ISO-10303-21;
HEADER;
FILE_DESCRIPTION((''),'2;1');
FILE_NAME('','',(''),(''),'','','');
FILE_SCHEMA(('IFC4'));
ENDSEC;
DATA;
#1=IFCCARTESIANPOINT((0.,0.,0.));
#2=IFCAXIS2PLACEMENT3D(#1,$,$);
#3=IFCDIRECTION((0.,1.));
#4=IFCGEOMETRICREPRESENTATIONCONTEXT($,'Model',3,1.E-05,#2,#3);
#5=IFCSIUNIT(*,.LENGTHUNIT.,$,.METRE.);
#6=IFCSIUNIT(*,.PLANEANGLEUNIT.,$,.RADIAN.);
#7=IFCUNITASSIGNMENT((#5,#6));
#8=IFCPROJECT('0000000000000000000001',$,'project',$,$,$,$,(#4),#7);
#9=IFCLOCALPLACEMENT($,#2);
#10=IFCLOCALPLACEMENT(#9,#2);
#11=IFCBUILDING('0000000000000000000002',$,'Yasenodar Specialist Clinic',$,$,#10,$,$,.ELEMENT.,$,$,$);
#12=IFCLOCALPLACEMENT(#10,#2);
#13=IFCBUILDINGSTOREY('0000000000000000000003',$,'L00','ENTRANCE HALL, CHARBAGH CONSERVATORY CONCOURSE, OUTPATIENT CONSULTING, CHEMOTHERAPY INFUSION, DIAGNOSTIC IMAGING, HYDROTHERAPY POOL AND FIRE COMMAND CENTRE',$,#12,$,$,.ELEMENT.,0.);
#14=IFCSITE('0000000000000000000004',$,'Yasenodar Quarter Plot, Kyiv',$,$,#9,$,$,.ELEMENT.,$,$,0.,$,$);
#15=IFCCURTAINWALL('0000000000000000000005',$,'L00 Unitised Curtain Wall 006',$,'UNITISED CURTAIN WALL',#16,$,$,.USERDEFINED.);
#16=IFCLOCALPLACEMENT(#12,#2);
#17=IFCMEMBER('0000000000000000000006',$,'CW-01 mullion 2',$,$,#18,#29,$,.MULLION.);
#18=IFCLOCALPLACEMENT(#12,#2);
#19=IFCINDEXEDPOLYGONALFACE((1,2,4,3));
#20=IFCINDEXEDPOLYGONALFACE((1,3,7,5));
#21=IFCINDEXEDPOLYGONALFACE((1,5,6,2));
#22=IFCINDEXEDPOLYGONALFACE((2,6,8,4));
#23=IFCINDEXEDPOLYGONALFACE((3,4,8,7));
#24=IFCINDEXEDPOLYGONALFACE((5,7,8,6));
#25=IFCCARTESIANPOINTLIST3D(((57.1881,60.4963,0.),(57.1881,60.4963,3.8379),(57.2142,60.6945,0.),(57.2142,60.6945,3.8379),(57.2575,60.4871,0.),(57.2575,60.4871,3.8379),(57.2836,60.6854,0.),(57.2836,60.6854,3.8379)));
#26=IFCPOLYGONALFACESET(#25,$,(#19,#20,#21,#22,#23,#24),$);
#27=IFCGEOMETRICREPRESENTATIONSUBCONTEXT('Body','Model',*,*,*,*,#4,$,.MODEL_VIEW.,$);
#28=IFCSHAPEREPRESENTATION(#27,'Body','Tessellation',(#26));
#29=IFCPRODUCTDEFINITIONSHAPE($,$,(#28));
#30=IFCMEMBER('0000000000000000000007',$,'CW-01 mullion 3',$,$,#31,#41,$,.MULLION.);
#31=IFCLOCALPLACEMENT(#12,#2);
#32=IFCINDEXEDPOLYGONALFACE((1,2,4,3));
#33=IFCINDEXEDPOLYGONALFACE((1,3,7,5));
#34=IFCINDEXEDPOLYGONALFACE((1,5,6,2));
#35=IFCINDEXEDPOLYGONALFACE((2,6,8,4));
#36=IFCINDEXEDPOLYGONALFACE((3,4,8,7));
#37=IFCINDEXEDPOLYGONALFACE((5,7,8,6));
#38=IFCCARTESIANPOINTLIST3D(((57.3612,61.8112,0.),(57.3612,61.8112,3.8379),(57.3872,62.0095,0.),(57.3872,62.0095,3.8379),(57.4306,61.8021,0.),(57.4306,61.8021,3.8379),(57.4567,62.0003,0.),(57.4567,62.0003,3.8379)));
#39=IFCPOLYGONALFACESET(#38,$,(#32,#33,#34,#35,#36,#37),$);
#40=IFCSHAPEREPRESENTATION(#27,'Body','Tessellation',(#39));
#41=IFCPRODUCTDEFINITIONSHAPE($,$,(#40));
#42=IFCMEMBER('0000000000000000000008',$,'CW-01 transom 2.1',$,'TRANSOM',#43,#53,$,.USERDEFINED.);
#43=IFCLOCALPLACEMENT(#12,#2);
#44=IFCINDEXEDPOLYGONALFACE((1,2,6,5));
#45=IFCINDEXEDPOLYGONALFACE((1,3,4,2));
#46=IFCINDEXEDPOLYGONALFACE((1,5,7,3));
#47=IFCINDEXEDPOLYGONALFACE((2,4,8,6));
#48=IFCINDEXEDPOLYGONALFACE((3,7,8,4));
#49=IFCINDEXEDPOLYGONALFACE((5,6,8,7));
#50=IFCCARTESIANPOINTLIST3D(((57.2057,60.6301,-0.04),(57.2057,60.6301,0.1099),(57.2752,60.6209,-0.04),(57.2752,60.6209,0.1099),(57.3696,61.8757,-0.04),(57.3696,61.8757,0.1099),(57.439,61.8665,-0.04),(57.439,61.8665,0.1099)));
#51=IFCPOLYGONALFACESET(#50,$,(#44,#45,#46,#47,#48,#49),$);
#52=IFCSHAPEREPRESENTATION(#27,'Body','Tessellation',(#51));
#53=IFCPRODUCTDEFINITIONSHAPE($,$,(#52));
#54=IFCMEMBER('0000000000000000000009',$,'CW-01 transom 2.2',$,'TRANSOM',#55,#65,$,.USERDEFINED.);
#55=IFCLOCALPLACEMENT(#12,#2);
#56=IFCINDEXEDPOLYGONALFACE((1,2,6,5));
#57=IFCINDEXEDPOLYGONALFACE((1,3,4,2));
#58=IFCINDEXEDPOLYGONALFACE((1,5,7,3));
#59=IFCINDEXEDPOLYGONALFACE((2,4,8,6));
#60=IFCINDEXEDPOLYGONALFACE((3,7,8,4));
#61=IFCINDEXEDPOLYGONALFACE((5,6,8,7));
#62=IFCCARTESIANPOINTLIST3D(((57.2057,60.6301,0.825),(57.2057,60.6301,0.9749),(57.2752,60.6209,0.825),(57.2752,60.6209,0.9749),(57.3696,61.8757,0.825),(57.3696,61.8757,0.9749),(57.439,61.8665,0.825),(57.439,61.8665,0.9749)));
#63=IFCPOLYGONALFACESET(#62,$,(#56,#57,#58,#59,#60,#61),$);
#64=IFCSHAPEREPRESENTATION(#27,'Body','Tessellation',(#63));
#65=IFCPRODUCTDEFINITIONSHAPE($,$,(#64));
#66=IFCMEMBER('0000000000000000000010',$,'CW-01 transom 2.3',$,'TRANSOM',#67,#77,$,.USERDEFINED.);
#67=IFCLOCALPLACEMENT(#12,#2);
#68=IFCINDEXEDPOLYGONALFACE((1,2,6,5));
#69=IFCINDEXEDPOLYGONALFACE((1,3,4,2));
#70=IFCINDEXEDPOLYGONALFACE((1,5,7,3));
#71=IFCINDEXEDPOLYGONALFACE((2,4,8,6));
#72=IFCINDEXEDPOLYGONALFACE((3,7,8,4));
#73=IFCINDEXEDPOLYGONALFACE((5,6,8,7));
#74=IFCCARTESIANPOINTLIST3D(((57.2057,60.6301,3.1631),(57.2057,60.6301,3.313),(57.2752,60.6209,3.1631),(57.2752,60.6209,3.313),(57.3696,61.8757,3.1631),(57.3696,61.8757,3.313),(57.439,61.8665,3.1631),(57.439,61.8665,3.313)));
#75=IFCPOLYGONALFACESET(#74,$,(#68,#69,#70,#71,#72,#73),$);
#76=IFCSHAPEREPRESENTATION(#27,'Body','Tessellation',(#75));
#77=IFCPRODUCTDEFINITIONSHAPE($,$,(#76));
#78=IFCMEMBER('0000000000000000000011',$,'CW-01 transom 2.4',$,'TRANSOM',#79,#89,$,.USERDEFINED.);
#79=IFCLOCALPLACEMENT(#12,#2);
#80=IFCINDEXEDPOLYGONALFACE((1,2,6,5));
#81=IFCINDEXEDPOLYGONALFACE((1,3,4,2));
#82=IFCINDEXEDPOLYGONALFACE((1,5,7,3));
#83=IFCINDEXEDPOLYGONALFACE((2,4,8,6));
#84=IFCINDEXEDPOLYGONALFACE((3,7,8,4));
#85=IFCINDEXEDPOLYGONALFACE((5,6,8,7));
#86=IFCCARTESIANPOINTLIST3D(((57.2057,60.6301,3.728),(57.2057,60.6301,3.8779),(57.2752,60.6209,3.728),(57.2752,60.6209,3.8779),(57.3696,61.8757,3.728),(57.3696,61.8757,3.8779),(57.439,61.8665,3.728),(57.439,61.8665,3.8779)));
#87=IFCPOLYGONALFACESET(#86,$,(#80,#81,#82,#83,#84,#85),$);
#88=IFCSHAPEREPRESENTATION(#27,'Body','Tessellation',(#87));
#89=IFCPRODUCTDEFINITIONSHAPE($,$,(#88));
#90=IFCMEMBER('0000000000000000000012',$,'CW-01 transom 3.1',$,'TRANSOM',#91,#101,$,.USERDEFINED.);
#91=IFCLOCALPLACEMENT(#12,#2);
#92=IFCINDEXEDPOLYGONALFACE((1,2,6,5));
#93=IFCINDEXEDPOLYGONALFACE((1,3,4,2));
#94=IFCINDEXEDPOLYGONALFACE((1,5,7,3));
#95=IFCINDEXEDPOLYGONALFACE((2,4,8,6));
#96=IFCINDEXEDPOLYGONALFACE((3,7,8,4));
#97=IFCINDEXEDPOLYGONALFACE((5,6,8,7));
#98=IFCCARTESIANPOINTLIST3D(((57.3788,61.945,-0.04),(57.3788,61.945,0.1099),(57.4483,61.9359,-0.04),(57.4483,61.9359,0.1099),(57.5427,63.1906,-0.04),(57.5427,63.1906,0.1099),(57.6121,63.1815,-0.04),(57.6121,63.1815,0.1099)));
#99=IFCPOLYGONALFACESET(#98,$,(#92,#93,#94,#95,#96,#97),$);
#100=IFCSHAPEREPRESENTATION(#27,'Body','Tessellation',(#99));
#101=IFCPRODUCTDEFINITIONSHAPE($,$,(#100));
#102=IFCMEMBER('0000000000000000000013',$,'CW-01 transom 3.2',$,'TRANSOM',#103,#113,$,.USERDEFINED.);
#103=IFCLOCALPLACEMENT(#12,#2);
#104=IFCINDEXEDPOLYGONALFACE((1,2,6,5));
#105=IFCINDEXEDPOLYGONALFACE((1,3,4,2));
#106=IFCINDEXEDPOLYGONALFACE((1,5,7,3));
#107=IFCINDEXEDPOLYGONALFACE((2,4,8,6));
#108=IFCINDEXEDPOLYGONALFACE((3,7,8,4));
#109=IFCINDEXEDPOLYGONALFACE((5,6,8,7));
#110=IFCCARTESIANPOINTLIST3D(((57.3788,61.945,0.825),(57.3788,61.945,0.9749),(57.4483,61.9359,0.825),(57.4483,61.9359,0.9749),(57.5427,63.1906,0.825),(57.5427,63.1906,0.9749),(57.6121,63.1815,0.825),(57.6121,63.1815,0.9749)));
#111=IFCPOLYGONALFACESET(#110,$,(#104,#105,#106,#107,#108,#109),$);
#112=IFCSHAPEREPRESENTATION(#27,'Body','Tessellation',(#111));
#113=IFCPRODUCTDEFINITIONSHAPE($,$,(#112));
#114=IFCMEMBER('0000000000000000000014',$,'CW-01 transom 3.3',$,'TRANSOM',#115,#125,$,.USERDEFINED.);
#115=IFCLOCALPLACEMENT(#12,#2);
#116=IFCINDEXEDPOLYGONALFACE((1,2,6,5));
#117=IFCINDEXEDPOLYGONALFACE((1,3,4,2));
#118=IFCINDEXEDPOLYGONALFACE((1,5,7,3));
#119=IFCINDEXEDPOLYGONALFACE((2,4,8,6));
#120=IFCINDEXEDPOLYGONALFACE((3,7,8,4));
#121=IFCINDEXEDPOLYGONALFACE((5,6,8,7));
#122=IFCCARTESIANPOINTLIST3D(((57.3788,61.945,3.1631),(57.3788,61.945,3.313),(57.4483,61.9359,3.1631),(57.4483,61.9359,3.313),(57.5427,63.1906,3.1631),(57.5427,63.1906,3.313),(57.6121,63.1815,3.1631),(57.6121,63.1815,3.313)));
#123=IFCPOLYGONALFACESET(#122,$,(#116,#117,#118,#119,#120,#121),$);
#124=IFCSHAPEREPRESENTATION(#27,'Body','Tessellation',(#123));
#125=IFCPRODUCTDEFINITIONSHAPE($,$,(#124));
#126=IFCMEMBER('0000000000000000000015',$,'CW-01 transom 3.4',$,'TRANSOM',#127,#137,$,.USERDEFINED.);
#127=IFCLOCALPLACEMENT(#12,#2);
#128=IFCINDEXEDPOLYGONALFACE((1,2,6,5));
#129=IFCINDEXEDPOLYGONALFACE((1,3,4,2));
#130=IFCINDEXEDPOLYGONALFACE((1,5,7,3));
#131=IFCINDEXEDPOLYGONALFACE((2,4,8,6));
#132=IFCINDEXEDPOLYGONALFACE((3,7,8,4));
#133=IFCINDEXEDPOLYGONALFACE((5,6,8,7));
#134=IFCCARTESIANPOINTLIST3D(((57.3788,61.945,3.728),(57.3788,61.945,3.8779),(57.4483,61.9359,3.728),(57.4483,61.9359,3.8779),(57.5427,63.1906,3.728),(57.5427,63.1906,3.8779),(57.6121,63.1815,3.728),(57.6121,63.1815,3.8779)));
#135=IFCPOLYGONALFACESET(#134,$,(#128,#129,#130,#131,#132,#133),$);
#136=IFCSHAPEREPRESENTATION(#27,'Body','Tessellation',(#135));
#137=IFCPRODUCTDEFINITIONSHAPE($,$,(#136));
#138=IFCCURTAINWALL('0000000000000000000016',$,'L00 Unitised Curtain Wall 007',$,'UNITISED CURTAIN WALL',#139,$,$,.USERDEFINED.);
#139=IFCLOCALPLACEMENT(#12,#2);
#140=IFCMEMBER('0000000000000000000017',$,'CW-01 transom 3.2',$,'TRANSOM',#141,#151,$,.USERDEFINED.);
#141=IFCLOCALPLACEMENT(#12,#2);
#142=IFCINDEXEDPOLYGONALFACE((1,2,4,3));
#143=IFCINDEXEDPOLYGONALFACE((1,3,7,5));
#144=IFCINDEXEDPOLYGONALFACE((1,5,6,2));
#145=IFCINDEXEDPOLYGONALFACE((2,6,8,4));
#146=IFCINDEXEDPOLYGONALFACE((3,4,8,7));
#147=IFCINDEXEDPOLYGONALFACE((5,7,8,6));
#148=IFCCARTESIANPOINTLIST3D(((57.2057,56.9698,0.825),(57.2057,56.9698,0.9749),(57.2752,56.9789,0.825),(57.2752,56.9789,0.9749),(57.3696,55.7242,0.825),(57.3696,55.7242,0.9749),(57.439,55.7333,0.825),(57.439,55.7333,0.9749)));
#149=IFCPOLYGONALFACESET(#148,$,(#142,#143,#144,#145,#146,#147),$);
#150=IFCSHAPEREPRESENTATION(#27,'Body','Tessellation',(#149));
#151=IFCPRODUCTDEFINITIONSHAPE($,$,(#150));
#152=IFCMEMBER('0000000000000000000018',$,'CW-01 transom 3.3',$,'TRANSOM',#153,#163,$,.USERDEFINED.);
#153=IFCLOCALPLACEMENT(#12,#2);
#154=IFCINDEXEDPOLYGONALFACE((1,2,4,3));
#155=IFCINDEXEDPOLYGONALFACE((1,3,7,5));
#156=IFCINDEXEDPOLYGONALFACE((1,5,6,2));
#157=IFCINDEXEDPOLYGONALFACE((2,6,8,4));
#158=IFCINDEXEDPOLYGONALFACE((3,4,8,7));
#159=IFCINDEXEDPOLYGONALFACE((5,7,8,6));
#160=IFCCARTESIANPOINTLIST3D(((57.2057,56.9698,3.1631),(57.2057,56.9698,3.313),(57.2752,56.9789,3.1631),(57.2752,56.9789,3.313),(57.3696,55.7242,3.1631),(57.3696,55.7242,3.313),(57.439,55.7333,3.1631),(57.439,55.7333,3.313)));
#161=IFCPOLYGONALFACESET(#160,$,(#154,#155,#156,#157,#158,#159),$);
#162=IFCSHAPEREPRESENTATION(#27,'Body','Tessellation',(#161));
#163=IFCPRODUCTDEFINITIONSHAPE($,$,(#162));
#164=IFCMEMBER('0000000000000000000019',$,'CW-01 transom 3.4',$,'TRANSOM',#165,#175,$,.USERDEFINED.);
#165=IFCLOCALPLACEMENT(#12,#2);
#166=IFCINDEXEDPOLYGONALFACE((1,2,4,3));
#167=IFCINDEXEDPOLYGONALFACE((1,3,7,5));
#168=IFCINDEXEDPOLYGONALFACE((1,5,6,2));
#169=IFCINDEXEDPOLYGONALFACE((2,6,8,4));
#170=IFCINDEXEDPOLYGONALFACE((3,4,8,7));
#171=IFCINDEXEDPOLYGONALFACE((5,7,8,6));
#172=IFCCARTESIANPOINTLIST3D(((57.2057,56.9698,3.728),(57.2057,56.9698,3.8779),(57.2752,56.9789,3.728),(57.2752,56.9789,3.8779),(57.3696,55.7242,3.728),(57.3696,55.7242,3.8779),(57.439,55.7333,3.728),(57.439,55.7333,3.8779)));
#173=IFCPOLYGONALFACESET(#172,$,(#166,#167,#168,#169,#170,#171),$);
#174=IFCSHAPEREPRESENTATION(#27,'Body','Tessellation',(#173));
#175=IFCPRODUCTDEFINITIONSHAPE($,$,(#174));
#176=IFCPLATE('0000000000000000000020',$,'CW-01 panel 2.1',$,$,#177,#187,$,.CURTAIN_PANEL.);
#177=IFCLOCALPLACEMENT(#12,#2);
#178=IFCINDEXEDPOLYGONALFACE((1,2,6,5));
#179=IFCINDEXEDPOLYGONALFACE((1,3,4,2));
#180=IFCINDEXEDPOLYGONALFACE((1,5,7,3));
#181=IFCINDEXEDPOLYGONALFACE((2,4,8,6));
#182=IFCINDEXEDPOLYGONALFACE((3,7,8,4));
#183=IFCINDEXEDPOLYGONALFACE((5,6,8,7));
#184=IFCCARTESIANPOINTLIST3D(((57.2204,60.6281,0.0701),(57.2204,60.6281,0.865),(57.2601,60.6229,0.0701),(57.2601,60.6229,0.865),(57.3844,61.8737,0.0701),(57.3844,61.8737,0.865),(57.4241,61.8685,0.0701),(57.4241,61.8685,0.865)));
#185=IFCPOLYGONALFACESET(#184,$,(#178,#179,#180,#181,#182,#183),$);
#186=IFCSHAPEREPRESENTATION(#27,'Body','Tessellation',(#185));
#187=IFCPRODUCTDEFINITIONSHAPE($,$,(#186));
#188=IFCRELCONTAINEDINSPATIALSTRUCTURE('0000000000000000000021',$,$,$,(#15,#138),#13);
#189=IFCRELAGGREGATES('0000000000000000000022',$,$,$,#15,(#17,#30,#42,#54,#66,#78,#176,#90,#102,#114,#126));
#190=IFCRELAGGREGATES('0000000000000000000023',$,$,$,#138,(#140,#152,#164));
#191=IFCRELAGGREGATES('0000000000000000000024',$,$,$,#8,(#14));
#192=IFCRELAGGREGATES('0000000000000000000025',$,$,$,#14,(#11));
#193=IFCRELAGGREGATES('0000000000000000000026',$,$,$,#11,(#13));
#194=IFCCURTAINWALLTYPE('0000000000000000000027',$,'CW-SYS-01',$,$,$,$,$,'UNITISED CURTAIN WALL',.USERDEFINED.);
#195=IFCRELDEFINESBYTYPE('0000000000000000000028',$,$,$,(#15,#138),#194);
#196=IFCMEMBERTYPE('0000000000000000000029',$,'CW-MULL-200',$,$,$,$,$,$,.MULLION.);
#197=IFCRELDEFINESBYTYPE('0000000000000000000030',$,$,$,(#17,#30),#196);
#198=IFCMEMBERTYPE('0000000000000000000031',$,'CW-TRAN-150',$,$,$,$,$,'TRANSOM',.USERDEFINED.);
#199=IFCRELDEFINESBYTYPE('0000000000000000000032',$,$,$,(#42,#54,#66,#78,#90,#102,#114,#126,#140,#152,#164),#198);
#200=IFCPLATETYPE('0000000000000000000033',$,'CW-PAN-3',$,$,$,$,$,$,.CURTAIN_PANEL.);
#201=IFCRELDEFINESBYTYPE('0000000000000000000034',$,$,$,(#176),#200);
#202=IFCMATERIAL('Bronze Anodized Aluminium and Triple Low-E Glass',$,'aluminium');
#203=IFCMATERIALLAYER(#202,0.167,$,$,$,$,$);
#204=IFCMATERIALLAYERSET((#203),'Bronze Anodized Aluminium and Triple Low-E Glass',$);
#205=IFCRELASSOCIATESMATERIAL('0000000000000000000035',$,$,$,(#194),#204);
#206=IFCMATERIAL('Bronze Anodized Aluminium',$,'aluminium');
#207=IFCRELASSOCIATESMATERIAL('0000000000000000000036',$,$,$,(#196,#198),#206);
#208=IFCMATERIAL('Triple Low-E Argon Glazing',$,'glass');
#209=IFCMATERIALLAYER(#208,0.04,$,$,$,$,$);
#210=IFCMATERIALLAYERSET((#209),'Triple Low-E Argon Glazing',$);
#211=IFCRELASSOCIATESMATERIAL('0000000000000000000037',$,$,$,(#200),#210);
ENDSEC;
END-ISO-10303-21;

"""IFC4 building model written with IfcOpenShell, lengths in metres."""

from ifc_helpers import new_model, si_unit, direction, frame, origin, origin_2d, place, context, subcontext, project, spatial, rectangle, extrude, material, layer, layer_set, material_profile, profile_set, type_object, element, aggregate, save


model = new_model("IFC4")

# Units and contexts
model_context = context("Model", 3, precision=1e-05, world=origin(), true_north=direction((0.0, 1.0)))
body_context = subcontext(model_context, "Body", "Model", "MODEL_VIEW")
ifc_project = project(units=[si_unit("LENGTHUNIT", "METRE"), si_unit("PLANEANGLEUNIT", "RADIAN")], contexts=[model_context])

# Site, building, storey
site_placement = place(None, origin())
site = spatial("IfcSite", under=ifc_project, at=site_placement, Name="Yasenodar Quarter Plot, Kyiv", CompositionType="ELEMENT", RefElevation=0.0)
building_placement = place(site_placement, origin())
building = spatial("IfcBuilding", under=site, at=building_placement, Name="Yasenodar Specialist Clinic", CompositionType="ELEMENT")
storey_placement = place(building_placement, origin())
storey = spatial("IfcBuildingStorey", under=building, at=storey_placement, Name="L00", Description="ENTRANCE HALL, CHARBAGH CONSERVATORY CONCOURSE, OUTPATIENT CONSULTING, CHEMOTHERAPY INFUSION, DIAGNOSTIC IMAGING, HYDROTHERAPY POOL AND FIRE COMMAND CENTRE", CompositionType="ELEMENT", Elevation=0.0)

# Curtain walls, members
ifc_material_1 = material(Name="Bronze Anodized Aluminium and Triple Low-E Glass", Category="aluminium")
ifc_layer_1 = layer(ifc_material_1, 0.167)
ifc_layer_set_1 = layer_set([ifc_layer_1], Name="Bronze Anodized Aluminium and Triple Low-E Glass")
curtain_wall_type = type_object("IfcCurtainWallType", Name="CW-SYS-01", ElementType="UNITISED CURTAIN WALL", PredefinedType="USERDEFINED", material=ifc_layer_set_1)
curtain_wall_1_placement = place(storey_placement, origin())
curtain_wall_1 = element("IfcCurtainWall", 1, at=curtain_wall_1_placement, inside=storey, type_object=curtain_wall_type, Name="L00 Unitised Curtain Wall 006", ObjectType="UNITISED CURTAIN WALL", PredefinedType="USERDEFINED")
ifc_material_2 = material(Name="Bronze Anodized Aluminium", Category="aluminium")
ifc_material_profile_1 = material_profile(ifc_material_2, rectangle(XDim=0.0701, YDim=0.2, at=origin_2d()), Name="CW-MULL 70x200")
ifc_profile_set_1 = profile_set([ifc_material_profile_1], Name="Bronze Anodized Aluminium")
member_type_1 = type_object("IfcMemberType", Name="CW-MULL-200", PredefinedType="MULLION", material=ifc_profile_set_1)
member_1_placement = place(storey_placement, frame((57.2358, 60.5908, 0.0), z_axis=(0.0, 0.0, 1.0), x_axis=(-0.991447, 0.130512, 0.0)))
member_1 = element("IfcMember", 2, at=member_1_placement, type_object=member_type_1, Name="CW-01 mullion 2", PredefinedType="MULLION", context=body_context, shape_type="SweptSolid", body=[
    extrude(rectangle(XDim=0.0701, YDim=0.2, at=origin_2d()), origin(), (0.0, 0.0, 1.0), 3.8379),
])
member_2_placement = place(storey_placement, frame((57.4089, 61.9058, 0.0), z_axis=(0.0, 0.0, 1.0), x_axis=(-0.991447, 0.130512, 0.0)))
member_2 = element("IfcMember", 3, at=member_2_placement, type_object=member_type_1, Name="CW-01 mullion 3", PredefinedType="MULLION", context=body_context, shape_type="SweptSolid", body=[
    extrude(rectangle(XDim=0.0701, YDim=0.2, at=origin_2d()), origin(), (0.0, 0.0, 1.0), 3.8379),
])
ifc_material_profile_2 = material_profile(ifc_material_2, rectangle(XDim=0.0701, YDim=0.1499, at=origin_2d()), Name="CW-TRAN 70x150")
ifc_profile_set_2 = profile_set([ifc_material_profile_2], Name="Bronze Anodized Aluminium")
member_type_2 = type_object("IfcMemberType", Name="CW-TRAN-150", ElementType="TRANSOM", PredefinedType="USERDEFINED", material=ifc_profile_set_2)
member_3_placement = place(storey_placement, frame((57.2405, 60.6255, 0.0349), z_axis=(0.130394, 0.991462, 0.0), x_axis=(-0.991462, 0.130394, 0.0)))
member_3 = element("IfcMember", 4, at=member_3_placement, type_object=member_type_2, Name="CW-01 transom 2.1", ObjectType="TRANSOM", PredefinedType="USERDEFINED", context=body_context, shape_type="SweptSolid", body=[
    extrude(rectangle(XDim=0.0701, YDim=0.1499, at=origin_2d()), origin(), (0.0, 0.0, 1.0), 1.2563),
])
member_4_placement = place(storey_placement, frame((57.2405, 60.6255, 0.8999), z_axis=(0.130394, 0.991462, 0.0), x_axis=(-0.991462, 0.130394, 0.0)))
member_4 = element("IfcMember", 5, at=member_4_placement, type_object=member_type_2, Name="CW-01 transom 2.2", ObjectType="TRANSOM", PredefinedType="USERDEFINED", context=body_context, shape_type="SweptSolid", body=[
    extrude(rectangle(XDim=0.0701, YDim=0.1499, at=origin_2d()), origin(), (0.0, 0.0, 1.0), 1.2563),
])
member_5_placement = place(storey_placement, frame((57.2405, 60.6255, 3.238), z_axis=(0.130394, 0.991462, 0.0), x_axis=(-0.991462, 0.130394, 0.0)))
member_5 = element("IfcMember", 6, at=member_5_placement, type_object=member_type_2, Name="CW-01 transom 2.3", ObjectType="TRANSOM", PredefinedType="USERDEFINED", context=body_context, shape_type="SweptSolid", body=[
    extrude(rectangle(XDim=0.0701, YDim=0.1499, at=origin_2d()), origin(), (0.0, 0.0, 1.0), 1.2563),
])
member_6_placement = place(storey_placement, frame((57.2405, 60.6255, 3.803), z_axis=(0.130394, 0.991462, 0.0), x_axis=(-0.991462, 0.130394, 0.0)))
member_6 = element("IfcMember", 7, at=member_6_placement, type_object=member_type_2, Name="CW-01 transom 2.4", ObjectType="TRANSOM", PredefinedType="USERDEFINED", context=body_context, shape_type="SweptSolid", body=[
    extrude(rectangle(XDim=0.0701, YDim=0.1499, at=origin_2d()), origin(), (0.0, 0.0, 1.0), 1.2563),
])
member_7_placement = place(storey_placement, frame((57.4136, 61.9404, 0.0349), z_axis=(0.130394, 0.991462, 0.0), x_axis=(-0.991462, 0.130394, 0.0)))
member_7 = element("IfcMember", 8, at=member_7_placement, type_object=member_type_2, Name="CW-01 transom 3.1", ObjectType="TRANSOM", PredefinedType="USERDEFINED", context=body_context, shape_type="SweptSolid", body=[
    extrude(rectangle(XDim=0.0701, YDim=0.1499, at=origin_2d()), origin(), (0.0, 0.0, 1.0), 1.2563),
])
member_8_placement = place(storey_placement, frame((57.4136, 61.9404, 0.8999), z_axis=(0.130394, 0.991462, 0.0), x_axis=(-0.991462, 0.130394, 0.0)))
member_8 = element("IfcMember", 9, at=member_8_placement, type_object=member_type_2, Name="CW-01 transom 3.2", ObjectType="TRANSOM", PredefinedType="USERDEFINED", context=body_context, shape_type="SweptSolid", body=[
    extrude(rectangle(XDim=0.0701, YDim=0.1499, at=origin_2d()), origin(), (0.0, 0.0, 1.0), 1.2563),
])
member_9_placement = place(storey_placement, frame((57.4136, 61.9404, 3.238), z_axis=(0.130394, 0.991462, 0.0), x_axis=(-0.991462, 0.130394, 0.0)))
member_9 = element("IfcMember", 10, at=member_9_placement, type_object=member_type_2, Name="CW-01 transom 3.3", ObjectType="TRANSOM", PredefinedType="USERDEFINED", context=body_context, shape_type="SweptSolid", body=[
    extrude(rectangle(XDim=0.0701, YDim=0.1499, at=origin_2d()), origin(), (0.0, 0.0, 1.0), 1.2563),
])
member_10_placement = place(storey_placement, frame((57.4136, 61.9404, 3.803), z_axis=(0.130394, 0.991462, 0.0), x_axis=(-0.991462, 0.130394, 0.0)))
member_10 = element("IfcMember", 11, at=member_10_placement, type_object=member_type_2, Name="CW-01 transom 3.4", ObjectType="TRANSOM", PredefinedType="USERDEFINED", context=body_context, shape_type="SweptSolid", body=[
    extrude(rectangle(XDim=0.0701, YDim=0.1499, at=origin_2d()), origin(), (0.0, 0.0, 1.0), 1.2563),
])
curtain_wall_2_placement = place(storey_placement, origin())
curtain_wall_2 = element("IfcCurtainWall", 12, at=curtain_wall_2_placement, inside=storey, type_object=curtain_wall_type, Name="L00 Unitised Curtain Wall 007", ObjectType="UNITISED CURTAIN WALL", PredefinedType="USERDEFINED")
member_11_placement = place(storey_placement, frame((57.4043, 55.7288, 0.8999), z_axis=(-0.130394, 0.991462, 0.0), x_axis=(-0.991462, -0.130394, 0.0)))
member_11 = element("IfcMember", 13, at=member_11_placement, type_object=member_type_2, Name="CW-01 transom 3.2", ObjectType="TRANSOM", PredefinedType="USERDEFINED", context=body_context, shape_type="SweptSolid", body=[
    extrude(rectangle(XDim=0.0701, YDim=0.1499, at=origin_2d()), origin(), (0.0, 0.0, 1.0), 1.2563),
])
member_12_placement = place(storey_placement, frame((57.4043, 55.7288, 3.238), z_axis=(-0.130394, 0.991462, 0.0), x_axis=(-0.991462, -0.130394, 0.0)))
member_12 = element("IfcMember", 14, at=member_12_placement, type_object=member_type_2, Name="CW-01 transom 3.3", ObjectType="TRANSOM", PredefinedType="USERDEFINED", context=body_context, shape_type="SweptSolid", body=[
    extrude(rectangle(XDim=0.0701, YDim=0.1499, at=origin_2d()), origin(), (0.0, 0.0, 1.0), 1.2563),
])
member_13_placement = place(storey_placement, frame((57.4043, 55.7288, 3.803), z_axis=(-0.130394, 0.991462, 0.0), x_axis=(-0.991462, -0.130394, 0.0)))
member_13 = element("IfcMember", 15, at=member_13_placement, type_object=member_type_2, Name="CW-01 transom 3.4", ObjectType="TRANSOM", PredefinedType="USERDEFINED", context=body_context, shape_type="SweptSolid", body=[
    extrude(rectangle(XDim=0.0701, YDim=0.1499, at=origin_2d()), origin(), (0.0, 0.0, 1.0), 1.2563),
])

# Plate
ifc_material_3 = material(Name="Triple Low-E Argon Glazing", Category="glass")
ifc_layer_2 = layer(ifc_material_3, 0.04)
ifc_layer_set_2 = layer_set([ifc_layer_2], Name="Triple Low-E Argon Glazing")
plate_type_1 = type_object("IfcPlateType", Name="CW-PAN-3", PredefinedType="CURTAIN_PANEL", material=ifc_layer_set_2)
plate_1_placement = place(storey_placement, frame((57.3223, 61.2483, 0.0701), z_axis=(0.0, 0.0, 1.0), x_axis=(0.130512, 0.991447, 0.0)))
plate_1 = element("IfcPlate", 16, at=plate_1_placement, type_object=plate_type_1, Name="CW-01 panel 2.1", PredefinedType="CURTAIN_PANEL", context=body_context, shape_type="SweptSolid", body=[
    extrude(rectangle(XDim=1.2563, YDim=0.04, at=origin_2d()), origin(), (0.0, 0.0, 1.0), 0.7949),
])
aggregate(curtain_wall_1, [member_1, member_2, member_3, member_4, member_5, member_6, plate_1, member_7, member_8, member_9, member_10])
aggregate(curtain_wall_2, [member_11, member_12, member_13])

save(model, "model.ifc")
